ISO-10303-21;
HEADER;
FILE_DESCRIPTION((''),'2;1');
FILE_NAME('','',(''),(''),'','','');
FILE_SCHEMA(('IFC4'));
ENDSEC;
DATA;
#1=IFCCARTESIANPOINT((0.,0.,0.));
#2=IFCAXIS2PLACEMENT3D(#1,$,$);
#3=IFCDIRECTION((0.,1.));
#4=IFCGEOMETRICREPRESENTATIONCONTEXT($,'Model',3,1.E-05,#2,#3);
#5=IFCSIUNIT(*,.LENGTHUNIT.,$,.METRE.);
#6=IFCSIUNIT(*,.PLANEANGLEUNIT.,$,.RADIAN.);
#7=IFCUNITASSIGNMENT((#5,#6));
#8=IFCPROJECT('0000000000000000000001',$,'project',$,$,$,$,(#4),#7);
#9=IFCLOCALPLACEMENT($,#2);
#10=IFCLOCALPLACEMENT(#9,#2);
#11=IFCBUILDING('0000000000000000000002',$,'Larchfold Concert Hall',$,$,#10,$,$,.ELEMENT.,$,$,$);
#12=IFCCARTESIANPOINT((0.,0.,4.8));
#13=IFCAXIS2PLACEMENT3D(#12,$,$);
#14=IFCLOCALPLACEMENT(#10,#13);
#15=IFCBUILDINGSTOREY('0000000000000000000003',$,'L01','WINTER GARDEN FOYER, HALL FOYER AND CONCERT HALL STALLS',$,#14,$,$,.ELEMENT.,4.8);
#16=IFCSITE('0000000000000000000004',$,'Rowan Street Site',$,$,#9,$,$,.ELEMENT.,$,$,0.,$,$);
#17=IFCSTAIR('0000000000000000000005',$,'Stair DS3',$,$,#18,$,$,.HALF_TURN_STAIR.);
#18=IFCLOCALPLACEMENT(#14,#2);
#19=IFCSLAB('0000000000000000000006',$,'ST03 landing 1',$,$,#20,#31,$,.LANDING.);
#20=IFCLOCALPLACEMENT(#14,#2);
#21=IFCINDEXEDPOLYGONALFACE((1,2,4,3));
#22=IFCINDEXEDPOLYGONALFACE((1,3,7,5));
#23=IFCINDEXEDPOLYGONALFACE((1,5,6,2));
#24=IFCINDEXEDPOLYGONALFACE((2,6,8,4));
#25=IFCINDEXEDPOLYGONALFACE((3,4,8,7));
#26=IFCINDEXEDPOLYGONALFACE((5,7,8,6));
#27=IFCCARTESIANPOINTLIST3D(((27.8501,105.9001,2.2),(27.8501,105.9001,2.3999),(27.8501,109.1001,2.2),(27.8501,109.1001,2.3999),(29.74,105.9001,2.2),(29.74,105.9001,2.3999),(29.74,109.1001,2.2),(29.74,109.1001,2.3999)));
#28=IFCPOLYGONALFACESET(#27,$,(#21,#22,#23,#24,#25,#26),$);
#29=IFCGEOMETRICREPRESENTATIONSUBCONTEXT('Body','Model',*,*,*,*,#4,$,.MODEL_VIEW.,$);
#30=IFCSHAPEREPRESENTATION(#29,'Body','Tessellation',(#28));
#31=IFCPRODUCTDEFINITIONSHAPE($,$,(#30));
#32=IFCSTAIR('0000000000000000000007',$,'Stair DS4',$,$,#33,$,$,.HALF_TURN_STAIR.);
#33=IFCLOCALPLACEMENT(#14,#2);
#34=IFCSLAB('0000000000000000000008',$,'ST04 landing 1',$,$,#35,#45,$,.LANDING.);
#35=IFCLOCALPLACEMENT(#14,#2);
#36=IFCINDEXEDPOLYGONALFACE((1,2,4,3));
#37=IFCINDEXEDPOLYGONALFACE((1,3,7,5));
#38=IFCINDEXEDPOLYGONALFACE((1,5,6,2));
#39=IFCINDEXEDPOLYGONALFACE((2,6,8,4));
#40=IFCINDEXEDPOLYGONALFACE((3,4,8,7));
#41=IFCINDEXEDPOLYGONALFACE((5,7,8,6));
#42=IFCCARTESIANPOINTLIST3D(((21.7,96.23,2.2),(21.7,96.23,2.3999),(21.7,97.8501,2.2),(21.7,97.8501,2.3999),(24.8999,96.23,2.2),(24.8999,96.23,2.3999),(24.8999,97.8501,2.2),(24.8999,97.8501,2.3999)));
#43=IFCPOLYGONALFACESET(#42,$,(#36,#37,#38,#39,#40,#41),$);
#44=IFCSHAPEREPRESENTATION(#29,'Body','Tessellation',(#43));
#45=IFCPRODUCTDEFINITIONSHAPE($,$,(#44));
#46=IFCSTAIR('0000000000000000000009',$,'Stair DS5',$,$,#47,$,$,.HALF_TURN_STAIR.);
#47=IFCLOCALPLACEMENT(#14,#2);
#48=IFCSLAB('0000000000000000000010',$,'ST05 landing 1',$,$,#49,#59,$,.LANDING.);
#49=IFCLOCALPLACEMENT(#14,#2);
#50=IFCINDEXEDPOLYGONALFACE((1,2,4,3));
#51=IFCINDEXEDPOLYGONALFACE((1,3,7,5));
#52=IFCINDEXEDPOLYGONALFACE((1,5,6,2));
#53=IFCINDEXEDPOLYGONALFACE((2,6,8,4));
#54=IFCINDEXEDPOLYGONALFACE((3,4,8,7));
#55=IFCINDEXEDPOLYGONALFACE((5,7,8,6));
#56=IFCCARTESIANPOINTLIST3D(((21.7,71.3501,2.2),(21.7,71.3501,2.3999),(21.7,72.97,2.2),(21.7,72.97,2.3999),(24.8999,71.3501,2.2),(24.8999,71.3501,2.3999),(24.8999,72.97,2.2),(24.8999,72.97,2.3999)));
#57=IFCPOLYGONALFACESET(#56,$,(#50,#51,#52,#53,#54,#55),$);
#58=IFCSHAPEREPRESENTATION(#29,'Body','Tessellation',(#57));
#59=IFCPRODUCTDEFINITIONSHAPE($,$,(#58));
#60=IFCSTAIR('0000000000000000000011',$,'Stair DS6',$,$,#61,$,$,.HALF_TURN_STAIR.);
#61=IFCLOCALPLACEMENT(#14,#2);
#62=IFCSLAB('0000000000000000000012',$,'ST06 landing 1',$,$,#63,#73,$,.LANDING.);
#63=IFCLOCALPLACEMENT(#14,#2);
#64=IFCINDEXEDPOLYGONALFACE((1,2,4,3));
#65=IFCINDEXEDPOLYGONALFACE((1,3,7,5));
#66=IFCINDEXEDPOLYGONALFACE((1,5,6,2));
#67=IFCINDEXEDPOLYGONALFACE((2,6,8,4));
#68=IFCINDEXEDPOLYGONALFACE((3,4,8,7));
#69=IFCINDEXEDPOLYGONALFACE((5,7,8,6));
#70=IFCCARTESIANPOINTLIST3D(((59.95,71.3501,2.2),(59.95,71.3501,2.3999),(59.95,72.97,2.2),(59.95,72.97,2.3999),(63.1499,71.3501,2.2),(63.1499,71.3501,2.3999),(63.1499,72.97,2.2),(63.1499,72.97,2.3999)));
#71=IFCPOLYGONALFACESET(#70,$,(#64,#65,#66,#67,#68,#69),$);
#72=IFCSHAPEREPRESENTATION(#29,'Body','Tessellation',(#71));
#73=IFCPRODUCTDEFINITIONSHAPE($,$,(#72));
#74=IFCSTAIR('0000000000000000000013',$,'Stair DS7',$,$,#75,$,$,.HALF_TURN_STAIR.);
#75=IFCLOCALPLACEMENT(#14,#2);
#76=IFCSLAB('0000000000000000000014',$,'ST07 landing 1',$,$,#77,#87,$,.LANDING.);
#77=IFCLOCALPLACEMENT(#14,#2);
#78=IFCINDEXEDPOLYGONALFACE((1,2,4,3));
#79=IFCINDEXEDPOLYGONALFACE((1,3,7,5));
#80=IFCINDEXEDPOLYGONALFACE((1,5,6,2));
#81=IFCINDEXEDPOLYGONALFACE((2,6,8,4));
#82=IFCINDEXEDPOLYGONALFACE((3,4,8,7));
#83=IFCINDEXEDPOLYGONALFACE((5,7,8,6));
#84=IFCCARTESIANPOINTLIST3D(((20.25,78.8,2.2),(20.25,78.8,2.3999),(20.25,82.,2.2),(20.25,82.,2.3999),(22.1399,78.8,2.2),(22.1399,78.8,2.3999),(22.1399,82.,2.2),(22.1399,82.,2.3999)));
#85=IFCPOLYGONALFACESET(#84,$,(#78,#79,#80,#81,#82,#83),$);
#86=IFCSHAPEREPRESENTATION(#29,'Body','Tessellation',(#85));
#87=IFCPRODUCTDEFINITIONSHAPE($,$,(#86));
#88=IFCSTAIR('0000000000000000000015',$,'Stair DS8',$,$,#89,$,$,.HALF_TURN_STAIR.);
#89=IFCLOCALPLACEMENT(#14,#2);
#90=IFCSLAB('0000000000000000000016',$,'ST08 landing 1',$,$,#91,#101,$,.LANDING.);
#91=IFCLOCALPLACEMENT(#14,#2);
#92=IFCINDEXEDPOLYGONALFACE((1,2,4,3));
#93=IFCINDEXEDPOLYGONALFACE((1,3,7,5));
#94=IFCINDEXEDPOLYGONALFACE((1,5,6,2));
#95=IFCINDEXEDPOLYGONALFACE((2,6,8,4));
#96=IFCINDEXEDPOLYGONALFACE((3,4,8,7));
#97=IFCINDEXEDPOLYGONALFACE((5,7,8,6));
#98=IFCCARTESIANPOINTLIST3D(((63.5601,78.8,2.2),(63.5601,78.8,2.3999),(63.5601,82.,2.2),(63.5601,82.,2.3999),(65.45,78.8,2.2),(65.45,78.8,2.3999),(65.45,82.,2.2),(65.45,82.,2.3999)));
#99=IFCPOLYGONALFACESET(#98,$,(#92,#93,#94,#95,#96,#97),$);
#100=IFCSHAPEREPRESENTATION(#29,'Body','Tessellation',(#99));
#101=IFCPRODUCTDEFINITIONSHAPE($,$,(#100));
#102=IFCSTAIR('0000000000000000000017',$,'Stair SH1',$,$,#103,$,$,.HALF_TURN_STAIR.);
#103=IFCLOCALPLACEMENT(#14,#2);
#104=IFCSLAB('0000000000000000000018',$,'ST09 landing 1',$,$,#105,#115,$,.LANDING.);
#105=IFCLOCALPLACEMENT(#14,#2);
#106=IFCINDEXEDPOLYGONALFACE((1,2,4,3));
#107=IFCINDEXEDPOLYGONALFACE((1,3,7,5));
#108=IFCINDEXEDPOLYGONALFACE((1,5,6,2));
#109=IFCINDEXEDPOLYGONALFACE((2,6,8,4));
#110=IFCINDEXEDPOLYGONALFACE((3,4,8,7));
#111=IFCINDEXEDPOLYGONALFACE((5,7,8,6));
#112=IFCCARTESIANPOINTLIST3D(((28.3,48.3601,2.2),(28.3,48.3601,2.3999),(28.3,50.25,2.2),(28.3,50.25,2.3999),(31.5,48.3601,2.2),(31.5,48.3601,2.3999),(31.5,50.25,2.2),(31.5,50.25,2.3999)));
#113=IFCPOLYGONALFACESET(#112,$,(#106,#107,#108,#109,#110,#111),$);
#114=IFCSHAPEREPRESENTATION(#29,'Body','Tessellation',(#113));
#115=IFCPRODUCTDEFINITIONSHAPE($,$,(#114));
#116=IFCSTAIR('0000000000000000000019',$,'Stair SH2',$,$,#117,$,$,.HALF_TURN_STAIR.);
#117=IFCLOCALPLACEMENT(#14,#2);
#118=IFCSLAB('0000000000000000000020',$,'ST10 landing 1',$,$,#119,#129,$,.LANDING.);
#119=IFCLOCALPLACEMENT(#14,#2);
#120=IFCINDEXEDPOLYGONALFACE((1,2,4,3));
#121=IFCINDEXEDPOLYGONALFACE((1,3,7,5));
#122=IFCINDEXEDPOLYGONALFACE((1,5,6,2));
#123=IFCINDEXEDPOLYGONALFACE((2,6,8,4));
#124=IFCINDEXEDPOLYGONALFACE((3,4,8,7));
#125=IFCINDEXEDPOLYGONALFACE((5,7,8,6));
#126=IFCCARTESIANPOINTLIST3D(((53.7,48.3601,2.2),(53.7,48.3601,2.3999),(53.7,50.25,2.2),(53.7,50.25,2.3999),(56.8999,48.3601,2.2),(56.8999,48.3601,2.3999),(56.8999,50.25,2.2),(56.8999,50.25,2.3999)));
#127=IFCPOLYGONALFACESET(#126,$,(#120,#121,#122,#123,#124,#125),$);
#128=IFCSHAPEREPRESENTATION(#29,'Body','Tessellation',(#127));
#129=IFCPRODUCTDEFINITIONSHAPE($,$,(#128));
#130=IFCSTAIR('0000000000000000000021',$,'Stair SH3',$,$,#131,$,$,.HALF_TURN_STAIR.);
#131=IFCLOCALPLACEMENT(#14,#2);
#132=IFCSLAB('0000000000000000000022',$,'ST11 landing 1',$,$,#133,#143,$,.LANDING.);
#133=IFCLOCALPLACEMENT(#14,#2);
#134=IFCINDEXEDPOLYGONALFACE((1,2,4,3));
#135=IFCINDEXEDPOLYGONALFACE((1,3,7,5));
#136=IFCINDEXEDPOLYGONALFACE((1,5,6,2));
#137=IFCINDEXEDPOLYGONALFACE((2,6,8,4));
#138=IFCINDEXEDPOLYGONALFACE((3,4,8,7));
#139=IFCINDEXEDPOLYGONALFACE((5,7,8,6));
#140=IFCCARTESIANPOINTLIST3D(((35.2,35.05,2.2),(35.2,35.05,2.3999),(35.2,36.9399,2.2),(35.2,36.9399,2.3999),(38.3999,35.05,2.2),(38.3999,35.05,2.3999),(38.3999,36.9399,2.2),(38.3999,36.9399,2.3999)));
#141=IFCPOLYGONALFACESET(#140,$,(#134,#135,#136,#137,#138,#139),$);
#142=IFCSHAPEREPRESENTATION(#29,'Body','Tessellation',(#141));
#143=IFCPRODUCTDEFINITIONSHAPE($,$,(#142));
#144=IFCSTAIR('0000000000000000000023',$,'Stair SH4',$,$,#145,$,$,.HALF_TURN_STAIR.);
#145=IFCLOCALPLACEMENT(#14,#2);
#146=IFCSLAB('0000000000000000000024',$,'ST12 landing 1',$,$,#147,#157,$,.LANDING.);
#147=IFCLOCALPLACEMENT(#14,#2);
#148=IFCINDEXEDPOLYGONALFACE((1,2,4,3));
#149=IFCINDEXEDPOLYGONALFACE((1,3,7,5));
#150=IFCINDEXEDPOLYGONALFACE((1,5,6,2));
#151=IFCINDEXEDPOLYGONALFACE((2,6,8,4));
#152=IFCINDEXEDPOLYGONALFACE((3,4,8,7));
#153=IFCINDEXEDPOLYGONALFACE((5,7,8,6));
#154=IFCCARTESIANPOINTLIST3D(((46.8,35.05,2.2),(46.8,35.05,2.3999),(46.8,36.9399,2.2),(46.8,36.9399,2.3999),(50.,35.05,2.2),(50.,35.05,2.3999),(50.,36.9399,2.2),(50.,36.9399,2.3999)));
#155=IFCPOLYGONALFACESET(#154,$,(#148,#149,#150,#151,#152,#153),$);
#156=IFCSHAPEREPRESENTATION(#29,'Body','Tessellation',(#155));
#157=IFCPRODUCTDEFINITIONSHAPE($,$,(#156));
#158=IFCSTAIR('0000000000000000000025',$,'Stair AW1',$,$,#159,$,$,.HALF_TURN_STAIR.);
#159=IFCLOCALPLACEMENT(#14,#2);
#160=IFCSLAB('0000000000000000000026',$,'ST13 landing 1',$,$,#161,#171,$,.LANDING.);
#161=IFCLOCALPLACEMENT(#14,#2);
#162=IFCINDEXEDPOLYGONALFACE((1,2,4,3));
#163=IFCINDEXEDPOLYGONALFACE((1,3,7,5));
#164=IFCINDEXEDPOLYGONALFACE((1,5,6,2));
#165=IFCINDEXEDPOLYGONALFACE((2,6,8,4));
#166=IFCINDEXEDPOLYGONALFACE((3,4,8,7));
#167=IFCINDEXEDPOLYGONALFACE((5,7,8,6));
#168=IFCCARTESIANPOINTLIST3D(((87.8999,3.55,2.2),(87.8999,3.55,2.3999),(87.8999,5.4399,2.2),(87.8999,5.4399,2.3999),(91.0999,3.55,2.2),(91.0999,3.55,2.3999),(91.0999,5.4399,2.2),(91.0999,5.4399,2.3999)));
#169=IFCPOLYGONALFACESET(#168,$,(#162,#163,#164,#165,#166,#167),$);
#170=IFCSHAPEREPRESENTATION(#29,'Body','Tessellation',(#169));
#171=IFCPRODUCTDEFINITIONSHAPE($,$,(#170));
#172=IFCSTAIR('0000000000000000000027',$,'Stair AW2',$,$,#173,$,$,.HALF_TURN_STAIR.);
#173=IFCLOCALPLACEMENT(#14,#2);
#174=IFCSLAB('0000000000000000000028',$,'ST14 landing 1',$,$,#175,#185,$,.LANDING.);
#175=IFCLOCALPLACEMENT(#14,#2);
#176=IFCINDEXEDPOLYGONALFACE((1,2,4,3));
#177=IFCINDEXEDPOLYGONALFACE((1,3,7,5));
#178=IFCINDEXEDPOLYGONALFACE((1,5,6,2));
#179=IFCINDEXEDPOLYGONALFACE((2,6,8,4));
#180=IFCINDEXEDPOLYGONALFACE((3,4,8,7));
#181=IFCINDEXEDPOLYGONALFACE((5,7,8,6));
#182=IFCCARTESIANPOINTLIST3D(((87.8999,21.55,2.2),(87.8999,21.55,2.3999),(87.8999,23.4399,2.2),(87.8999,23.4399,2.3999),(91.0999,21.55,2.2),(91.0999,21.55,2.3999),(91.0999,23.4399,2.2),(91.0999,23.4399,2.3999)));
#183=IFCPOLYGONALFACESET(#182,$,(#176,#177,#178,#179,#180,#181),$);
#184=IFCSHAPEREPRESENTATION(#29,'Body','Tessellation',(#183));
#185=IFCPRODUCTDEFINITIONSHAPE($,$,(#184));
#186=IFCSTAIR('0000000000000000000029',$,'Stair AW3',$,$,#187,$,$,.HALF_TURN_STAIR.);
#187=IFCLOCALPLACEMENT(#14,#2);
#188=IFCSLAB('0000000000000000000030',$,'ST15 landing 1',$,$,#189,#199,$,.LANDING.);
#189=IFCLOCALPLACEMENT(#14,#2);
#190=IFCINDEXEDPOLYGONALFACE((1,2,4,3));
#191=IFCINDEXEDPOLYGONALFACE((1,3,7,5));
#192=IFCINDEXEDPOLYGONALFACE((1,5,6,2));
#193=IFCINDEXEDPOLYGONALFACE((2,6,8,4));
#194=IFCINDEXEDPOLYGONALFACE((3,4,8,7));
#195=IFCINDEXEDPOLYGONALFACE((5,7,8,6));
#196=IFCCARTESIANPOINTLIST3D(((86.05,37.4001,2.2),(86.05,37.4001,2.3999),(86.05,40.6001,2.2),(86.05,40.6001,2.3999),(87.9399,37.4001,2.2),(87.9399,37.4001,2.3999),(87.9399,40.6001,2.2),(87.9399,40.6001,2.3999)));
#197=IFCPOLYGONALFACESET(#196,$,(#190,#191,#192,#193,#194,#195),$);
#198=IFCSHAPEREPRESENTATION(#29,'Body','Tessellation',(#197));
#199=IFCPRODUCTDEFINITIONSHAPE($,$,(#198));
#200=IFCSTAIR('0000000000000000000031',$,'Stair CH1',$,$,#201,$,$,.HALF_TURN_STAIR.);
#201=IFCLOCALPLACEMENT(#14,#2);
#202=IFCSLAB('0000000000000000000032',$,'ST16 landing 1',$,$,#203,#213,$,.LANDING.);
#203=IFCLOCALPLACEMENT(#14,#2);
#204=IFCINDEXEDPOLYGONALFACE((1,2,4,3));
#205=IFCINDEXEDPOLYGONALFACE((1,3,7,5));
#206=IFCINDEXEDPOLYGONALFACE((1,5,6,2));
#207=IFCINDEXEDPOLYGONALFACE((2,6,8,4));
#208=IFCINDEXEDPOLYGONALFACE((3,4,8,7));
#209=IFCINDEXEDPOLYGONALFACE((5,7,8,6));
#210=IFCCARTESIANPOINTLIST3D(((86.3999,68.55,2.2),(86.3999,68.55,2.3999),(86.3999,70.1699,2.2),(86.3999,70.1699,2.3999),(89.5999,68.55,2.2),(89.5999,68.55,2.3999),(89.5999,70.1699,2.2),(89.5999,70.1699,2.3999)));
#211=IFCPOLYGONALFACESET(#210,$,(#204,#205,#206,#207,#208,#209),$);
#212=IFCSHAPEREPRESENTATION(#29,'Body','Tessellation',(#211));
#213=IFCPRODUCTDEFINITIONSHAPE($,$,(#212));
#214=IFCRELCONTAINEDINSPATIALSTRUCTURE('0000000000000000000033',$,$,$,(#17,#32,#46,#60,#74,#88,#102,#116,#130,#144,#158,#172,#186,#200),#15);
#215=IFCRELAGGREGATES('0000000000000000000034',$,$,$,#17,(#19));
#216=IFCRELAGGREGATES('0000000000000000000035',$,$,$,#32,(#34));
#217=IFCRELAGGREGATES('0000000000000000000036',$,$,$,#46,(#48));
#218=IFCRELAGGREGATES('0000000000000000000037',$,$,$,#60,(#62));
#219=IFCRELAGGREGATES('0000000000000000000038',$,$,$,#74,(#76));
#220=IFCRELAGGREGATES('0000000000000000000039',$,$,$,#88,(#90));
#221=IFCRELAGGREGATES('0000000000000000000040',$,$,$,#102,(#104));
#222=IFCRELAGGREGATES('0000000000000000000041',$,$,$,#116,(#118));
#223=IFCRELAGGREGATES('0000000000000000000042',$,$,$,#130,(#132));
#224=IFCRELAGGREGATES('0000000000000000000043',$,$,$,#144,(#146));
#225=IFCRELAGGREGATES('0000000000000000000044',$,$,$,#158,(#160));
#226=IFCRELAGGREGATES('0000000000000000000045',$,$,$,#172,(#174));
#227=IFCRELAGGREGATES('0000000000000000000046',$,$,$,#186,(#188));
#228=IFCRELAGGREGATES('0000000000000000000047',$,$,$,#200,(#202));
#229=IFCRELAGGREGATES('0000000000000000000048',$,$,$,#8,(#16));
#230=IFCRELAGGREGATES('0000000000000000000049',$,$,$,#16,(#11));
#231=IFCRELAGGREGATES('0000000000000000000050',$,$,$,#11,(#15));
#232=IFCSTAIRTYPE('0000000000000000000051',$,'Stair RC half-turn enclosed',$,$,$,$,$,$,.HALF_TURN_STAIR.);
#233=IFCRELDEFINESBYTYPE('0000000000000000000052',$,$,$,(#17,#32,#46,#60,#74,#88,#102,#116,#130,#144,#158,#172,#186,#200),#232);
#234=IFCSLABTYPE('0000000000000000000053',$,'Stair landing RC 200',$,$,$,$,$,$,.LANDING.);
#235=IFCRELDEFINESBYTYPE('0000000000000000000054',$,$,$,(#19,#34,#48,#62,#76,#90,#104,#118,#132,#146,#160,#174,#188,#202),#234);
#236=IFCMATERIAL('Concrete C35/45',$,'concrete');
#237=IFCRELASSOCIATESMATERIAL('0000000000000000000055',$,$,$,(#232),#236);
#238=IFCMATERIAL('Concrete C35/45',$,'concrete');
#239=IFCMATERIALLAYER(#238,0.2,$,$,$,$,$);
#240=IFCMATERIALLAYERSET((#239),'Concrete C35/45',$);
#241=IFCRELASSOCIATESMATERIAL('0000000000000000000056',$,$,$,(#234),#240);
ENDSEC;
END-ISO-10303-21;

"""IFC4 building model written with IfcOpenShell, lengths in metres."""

from ifc_helpers import new_model, si_unit, direction, frame, origin, place, context, subcontext, project, spatial, polyline, outline, extrude, material, layer, layer_set, type_object, element, aggregate, save


model = new_model("IFC4")

# Units and contexts
model_context = context("Model", 3, precision=1e-05, world=origin(), true_north=direction((0.0, 1.0)))
body_context = subcontext(model_context, "Body", "Model", "MODEL_VIEW")
ifc_project = project(units=[si_unit("LENGTHUNIT", "METRE"), si_unit("PLANEANGLEUNIT", "RADIAN")], contexts=[model_context])

# Site, building, storey
site_placement = place(None, origin())
site = spatial("IfcSite", under=ifc_project, at=site_placement, Name="Rowan Street Site", CompositionType="ELEMENT", RefElevation=0.0)
building_placement = place(site_placement, origin())
building = spatial("IfcBuilding", under=site, at=building_placement, Name="Larchfold Concert Hall", CompositionType="ELEMENT")
storey_placement = place(building_placement, frame((0.0, 0.0, 4.8)))
storey = spatial("IfcBuildingStorey", under=building, at=storey_placement, Name="L01", Description="WINTER GARDEN FOYER, HALL FOYER AND CONCERT HALL STALLS", CompositionType="ELEMENT", Elevation=4.8)

# Stairs, slabs
ifc_material_1 = material(Name="Concrete C35/45", Category="concrete")
stair_type = type_object("IfcStairType", Name="Stair RC half-turn enclosed", PredefinedType="HALF_TURN_STAIR", material=ifc_material_1)
ifc_material_2 = material(Name="Concrete C35/45", Category="concrete")
ifc_layer_1 = layer(ifc_material_2, 0.2)
ifc_layer_set_1 = layer_set([ifc_layer_1], Name="Concrete C35/45")
slab_type_1 = type_object("IfcSlabType", Name="Stair landing RC 200", PredefinedType="LANDING", material=ifc_layer_set_1)
stair_1_placement = place(storey_placement, origin())
stair_1 = element("IfcStair", 1, at=stair_1_placement, inside=storey, type_object=stair_type, Name="Stair DS3", PredefinedType="HALF_TURN_STAIR")
slab_1_placement = place(storey_placement, frame((0.0, 0.0, 2.2)))
slab_1 = element("IfcSlab", 2, at=slab_1_placement, type_object=slab_type_1, Name="ST03 landing 1", PredefinedType="LANDING", context=body_context, shape_type="SweptSolid", body=[
    extrude(outline(polyline([(29.74, 109.1001), (27.8501, 109.1001), (27.8501, 105.9001), (29.74, 105.9001), (29.74, 109.1001)])), origin(), (0.0, 0.0, 1.0), 0.2),
])
aggregate(stair_1, [slab_1])
stair_2_placement = place(storey_placement, origin())
stair_2 = element("IfcStair", 3, at=stair_2_placement, inside=storey, type_object=stair_type, Name="Stair DS4", PredefinedType="HALF_TURN_STAIR")
slab_2_placement = place(storey_placement, frame((0.0, 0.0, 2.2)))
slab_2 = element("IfcSlab", 4, at=slab_2_placement, type_object=slab_type_1, Name="ST04 landing 1", PredefinedType="LANDING", context=body_context, shape_type="SweptSolid", body=[
    extrude(outline(polyline([(24.8999, 96.23), (24.8999, 97.8501), (21.7, 97.8501), (21.7, 96.23), (24.8999, 96.23)])), origin(), (0.0, 0.0, 1.0), 0.2),
])
aggregate(stair_2, [slab_2])
stair_3_placement = place(storey_placement, origin())
stair_3 = element("IfcStair", 5, at=stair_3_placement, inside=storey, type_object=stair_type, Name="Stair DS5", PredefinedType="HALF_TURN_STAIR")
slab_3_placement = place(storey_placement, frame((0.0, 0.0, 2.2)))
slab_3 = element("IfcSlab", 6, at=slab_3_placement, type_object=slab_type_1, Name="ST05 landing 1", PredefinedType="LANDING", context=body_context, shape_type="SweptSolid", body=[
    extrude(outline(polyline([(21.7, 72.97), (21.7, 71.3501), (24.8999, 71.3501), (24.8999, 72.97), (21.7, 72.97)])), origin(), (0.0, 0.0, 1.0), 0.2),
])
aggregate(stair_3, [slab_3])
stair_4_placement = place(storey_placement, origin())
stair_4 = element("IfcStair", 7, at=stair_4_placement, inside=storey, type_object=stair_type, Name="Stair DS6", PredefinedType="HALF_TURN_STAIR")
slab_4_placement = place(storey_placement, frame((0.0, 0.0, 2.2)))
slab_4 = element("IfcSlab", 8, at=slab_4_placement, type_object=slab_type_1, Name="ST06 landing 1", PredefinedType="LANDING", context=body_context, shape_type="SweptSolid", body=[
    extrude(outline(polyline([(59.95, 72.97), (59.95, 71.3501), (63.1499, 71.3501), (63.1499, 72.97), (59.95, 72.97)])), origin(), (0.0, 0.0, 1.0), 0.2),
])
aggregate(stair_4, [slab_4])
stair_5_placement = place(storey_placement, origin())
stair_5 = element("IfcStair", 9, at=stair_5_placement, inside=storey, type_object=stair_type, Name="Stair DS7", PredefinedType="HALF_TURN_STAIR")
slab_5_placement = place(storey_placement, frame((0.0, 0.0, 2.2)))
slab_5 = element("IfcSlab", 10, at=slab_5_placement, type_object=slab_type_1, Name="ST07 landing 1", PredefinedType="LANDING", context=body_context, shape_type="SweptSolid", body=[
    extrude(outline(polyline([(22.1399, 82.0), (20.25, 82.0), (20.25, 78.8), (22.1399, 78.8), (22.1399, 82.0)])), origin(), (0.0, 0.0, 1.0), 0.2),
])
aggregate(stair_5, [slab_5])
stair_6_placement = place(storey_placement, origin())
stair_6 = element("IfcStair", 11, at=stair_6_placement, inside=storey, type_object=stair_type, Name="Stair DS8", PredefinedType="HALF_TURN_STAIR")
slab_6_placement = place(storey_placement, frame((0.0, 0.0, 2.2)))
slab_6 = element("IfcSlab", 12, at=slab_6_placement, type_object=slab_type_1, Name="ST08 landing 1", PredefinedType="LANDING", context=body_context, shape_type="SweptSolid", body=[
    extrude(outline(polyline([(63.5601, 78.8), (65.45, 78.8), (65.45, 82.0), (63.5601, 82.0), (63.5601, 78.8)])), origin(), (0.0, 0.0, 1.0), 0.2),
])
aggregate(stair_6, [slab_6])
stair_7_placement = place(storey_placement, origin())
stair_7 = element("IfcStair", 13, at=stair_7_placement, inside=storey, type_object=stair_type, Name="Stair SH1", PredefinedType="HALF_TURN_STAIR")
slab_7_placement = place(storey_placement, frame((0.0, 0.0, 2.2)))
slab_7 = element("IfcSlab", 14, at=slab_7_placement, type_object=slab_type_1, Name="ST09 landing 1", PredefinedType="LANDING", context=body_context, shape_type="SweptSolid", body=[
    extrude(outline(polyline([(31.5, 48.3601), (31.5, 50.25), (28.3, 50.25), (28.3, 48.3601), (31.5, 48.3601)])), origin(), (0.0, 0.0, 1.0), 0.2),
])
aggregate(stair_7, [slab_7])
stair_8_placement = place(storey_placement, origin())
stair_8 = element("IfcStair", 15, at=stair_8_placement, inside=storey, type_object=stair_type, Name="Stair SH2", PredefinedType="HALF_TURN_STAIR")
slab_8_placement = place(storey_placement, frame((0.0, 0.0, 2.2)))
slab_8 = element("IfcSlab", 16, at=slab_8_placement, type_object=slab_type_1, Name="ST10 landing 1", PredefinedType="LANDING", context=body_context, shape_type="SweptSolid", body=[
    extrude(outline(polyline([(56.8999, 48.3601), (56.8999, 50.25), (53.7, 50.25), (53.7, 48.3601), (56.8999, 48.3601)])), origin(), (0.0, 0.0, 1.0), 0.2),
])
aggregate(stair_8, [slab_8])
stair_9_placement = place(storey_placement, origin())
stair_9 = element("IfcStair", 17, at=stair_9_placement, inside=storey, type_object=stair_type, Name="Stair SH3", PredefinedType="HALF_TURN_STAIR")
slab_9_placement = place(storey_placement, frame((0.0, 0.0, 2.2)))
slab_9 = element("IfcSlab", 18, at=slab_9_placement, type_object=slab_type_1, Name="ST11 landing 1", PredefinedType="LANDING", context=body_context, shape_type="SweptSolid", body=[
    extrude(outline(polyline([(35.2, 36.9399), (35.2, 35.05), (38.3999, 35.05), (38.3999, 36.9399), (35.2, 36.9399)])), origin(), (0.0, 0.0, 1.0), 0.2),
])
aggregate(stair_9, [slab_9])
stair_10_placement = place(storey_placement, origin())
stair_10 = element("IfcStair", 19, at=stair_10_placement, inside=storey, type_object=stair_type, Name="Stair SH4", PredefinedType="HALF_TURN_STAIR")
slab_10_placement = place(storey_placement, frame((0.0, 0.0, 2.2)))
slab_10 = element("IfcSlab", 20, at=slab_10_placement, type_object=slab_type_1, Name="ST12 landing 1", PredefinedType="LANDING", context=body_context, shape_type="SweptSolid", body=[
    extrude(outline(polyline([(46.8, 36.9399), (46.8, 35.05), (50.0, 35.05), (50.0, 36.9399), (46.8, 36.9399)])), origin(), (0.0, 0.0, 1.0), 0.2),
])
aggregate(stair_10, [slab_10])
stair_11_placement = place(storey_placement, origin())
stair_11 = element("IfcStair", 21, at=stair_11_placement, inside=storey, type_object=stair_type, Name="Stair AW1", PredefinedType="HALF_TURN_STAIR")
slab_11_placement = place(storey_placement, frame((0.0, 0.0, 2.2)))
slab_11 = element("IfcSlab", 22, at=slab_11_placement, type_object=slab_type_1, Name="ST13 landing 1", PredefinedType="LANDING", context=body_context, shape_type="SweptSolid", body=[
    extrude(outline(polyline([(87.8999, 5.4399), (87.8999, 3.55), (91.0999, 3.55), (91.0999, 5.4399), (87.8999, 5.4399)])), origin(), (0.0, 0.0, 1.0), 0.2),
])
aggregate(stair_11, [slab_11])
stair_12_placement = place(storey_placement, origin())
stair_12 = element("IfcStair", 23, at=stair_12_placement, inside=storey, type_object=stair_type, Name="Stair AW2", PredefinedType="HALF_TURN_STAIR")
slab_12_placement = place(storey_placement, frame((0.0, 0.0, 2.2)))
slab_12 = element("IfcSlab", 24, at=slab_12_placement, type_object=slab_type_1, Name="ST14 landing 1", PredefinedType="LANDING", context=body_context, shape_type="SweptSolid", body=[
    extrude(outline(polyline([(87.8999, 23.4399), (87.8999, 21.55), (91.0999, 21.55), (91.0999, 23.4399), (87.8999, 23.4399)])), origin(), (0.0, 0.0, 1.0), 0.2),
])
aggregate(stair_12, [slab_12])
stair_13_placement = place(storey_placement, origin())
stair_13 = element("IfcStair", 25, at=stair_13_placement, inside=storey, type_object=stair_type, Name="Stair AW3", PredefinedType="HALF_TURN_STAIR")
slab_13_placement = place(storey_placement, frame((0.0, 0.0, 2.2)))
slab_13 = element("IfcSlab", 26, at=slab_13_placement, type_object=slab_type_1, Name="ST15 landing 1", PredefinedType="LANDING", context=body_context, shape_type="SweptSolid", body=[
    extrude(outline(polyline([(87.9399, 40.6001), (86.05, 40.6001), (86.05, 37.4001), (87.9399, 37.4001), (87.9399, 40.6001)])), origin(), (0.0, 0.0, 1.0), 0.2),
])
aggregate(stair_13, [slab_13])
stair_14_placement = place(storey_placement, origin())
stair_14 = element("IfcStair", 27, at=stair_14_placement, inside=storey, type_object=stair_type, Name="Stair CH1", PredefinedType="HALF_TURN_STAIR")
slab_14_placement = place(storey_placement, frame((0.0, 0.0, 2.2)))
slab_14 = element("IfcSlab", 28, at=slab_14_placement, type_object=slab_type_1, Name="ST16 landing 1", PredefinedType="LANDING", context=body_context, shape_type="SweptSolid", body=[
    extrude(outline(polyline([(86.3999, 70.1699), (86.3999, 68.55), (89.5999, 68.55), (89.5999, 70.1699), (86.3999, 70.1699)])), origin(), (0.0, 0.0, 1.0), 0.2),
])
aggregate(stair_14, [slab_14])

save(model, "model.ifc")
